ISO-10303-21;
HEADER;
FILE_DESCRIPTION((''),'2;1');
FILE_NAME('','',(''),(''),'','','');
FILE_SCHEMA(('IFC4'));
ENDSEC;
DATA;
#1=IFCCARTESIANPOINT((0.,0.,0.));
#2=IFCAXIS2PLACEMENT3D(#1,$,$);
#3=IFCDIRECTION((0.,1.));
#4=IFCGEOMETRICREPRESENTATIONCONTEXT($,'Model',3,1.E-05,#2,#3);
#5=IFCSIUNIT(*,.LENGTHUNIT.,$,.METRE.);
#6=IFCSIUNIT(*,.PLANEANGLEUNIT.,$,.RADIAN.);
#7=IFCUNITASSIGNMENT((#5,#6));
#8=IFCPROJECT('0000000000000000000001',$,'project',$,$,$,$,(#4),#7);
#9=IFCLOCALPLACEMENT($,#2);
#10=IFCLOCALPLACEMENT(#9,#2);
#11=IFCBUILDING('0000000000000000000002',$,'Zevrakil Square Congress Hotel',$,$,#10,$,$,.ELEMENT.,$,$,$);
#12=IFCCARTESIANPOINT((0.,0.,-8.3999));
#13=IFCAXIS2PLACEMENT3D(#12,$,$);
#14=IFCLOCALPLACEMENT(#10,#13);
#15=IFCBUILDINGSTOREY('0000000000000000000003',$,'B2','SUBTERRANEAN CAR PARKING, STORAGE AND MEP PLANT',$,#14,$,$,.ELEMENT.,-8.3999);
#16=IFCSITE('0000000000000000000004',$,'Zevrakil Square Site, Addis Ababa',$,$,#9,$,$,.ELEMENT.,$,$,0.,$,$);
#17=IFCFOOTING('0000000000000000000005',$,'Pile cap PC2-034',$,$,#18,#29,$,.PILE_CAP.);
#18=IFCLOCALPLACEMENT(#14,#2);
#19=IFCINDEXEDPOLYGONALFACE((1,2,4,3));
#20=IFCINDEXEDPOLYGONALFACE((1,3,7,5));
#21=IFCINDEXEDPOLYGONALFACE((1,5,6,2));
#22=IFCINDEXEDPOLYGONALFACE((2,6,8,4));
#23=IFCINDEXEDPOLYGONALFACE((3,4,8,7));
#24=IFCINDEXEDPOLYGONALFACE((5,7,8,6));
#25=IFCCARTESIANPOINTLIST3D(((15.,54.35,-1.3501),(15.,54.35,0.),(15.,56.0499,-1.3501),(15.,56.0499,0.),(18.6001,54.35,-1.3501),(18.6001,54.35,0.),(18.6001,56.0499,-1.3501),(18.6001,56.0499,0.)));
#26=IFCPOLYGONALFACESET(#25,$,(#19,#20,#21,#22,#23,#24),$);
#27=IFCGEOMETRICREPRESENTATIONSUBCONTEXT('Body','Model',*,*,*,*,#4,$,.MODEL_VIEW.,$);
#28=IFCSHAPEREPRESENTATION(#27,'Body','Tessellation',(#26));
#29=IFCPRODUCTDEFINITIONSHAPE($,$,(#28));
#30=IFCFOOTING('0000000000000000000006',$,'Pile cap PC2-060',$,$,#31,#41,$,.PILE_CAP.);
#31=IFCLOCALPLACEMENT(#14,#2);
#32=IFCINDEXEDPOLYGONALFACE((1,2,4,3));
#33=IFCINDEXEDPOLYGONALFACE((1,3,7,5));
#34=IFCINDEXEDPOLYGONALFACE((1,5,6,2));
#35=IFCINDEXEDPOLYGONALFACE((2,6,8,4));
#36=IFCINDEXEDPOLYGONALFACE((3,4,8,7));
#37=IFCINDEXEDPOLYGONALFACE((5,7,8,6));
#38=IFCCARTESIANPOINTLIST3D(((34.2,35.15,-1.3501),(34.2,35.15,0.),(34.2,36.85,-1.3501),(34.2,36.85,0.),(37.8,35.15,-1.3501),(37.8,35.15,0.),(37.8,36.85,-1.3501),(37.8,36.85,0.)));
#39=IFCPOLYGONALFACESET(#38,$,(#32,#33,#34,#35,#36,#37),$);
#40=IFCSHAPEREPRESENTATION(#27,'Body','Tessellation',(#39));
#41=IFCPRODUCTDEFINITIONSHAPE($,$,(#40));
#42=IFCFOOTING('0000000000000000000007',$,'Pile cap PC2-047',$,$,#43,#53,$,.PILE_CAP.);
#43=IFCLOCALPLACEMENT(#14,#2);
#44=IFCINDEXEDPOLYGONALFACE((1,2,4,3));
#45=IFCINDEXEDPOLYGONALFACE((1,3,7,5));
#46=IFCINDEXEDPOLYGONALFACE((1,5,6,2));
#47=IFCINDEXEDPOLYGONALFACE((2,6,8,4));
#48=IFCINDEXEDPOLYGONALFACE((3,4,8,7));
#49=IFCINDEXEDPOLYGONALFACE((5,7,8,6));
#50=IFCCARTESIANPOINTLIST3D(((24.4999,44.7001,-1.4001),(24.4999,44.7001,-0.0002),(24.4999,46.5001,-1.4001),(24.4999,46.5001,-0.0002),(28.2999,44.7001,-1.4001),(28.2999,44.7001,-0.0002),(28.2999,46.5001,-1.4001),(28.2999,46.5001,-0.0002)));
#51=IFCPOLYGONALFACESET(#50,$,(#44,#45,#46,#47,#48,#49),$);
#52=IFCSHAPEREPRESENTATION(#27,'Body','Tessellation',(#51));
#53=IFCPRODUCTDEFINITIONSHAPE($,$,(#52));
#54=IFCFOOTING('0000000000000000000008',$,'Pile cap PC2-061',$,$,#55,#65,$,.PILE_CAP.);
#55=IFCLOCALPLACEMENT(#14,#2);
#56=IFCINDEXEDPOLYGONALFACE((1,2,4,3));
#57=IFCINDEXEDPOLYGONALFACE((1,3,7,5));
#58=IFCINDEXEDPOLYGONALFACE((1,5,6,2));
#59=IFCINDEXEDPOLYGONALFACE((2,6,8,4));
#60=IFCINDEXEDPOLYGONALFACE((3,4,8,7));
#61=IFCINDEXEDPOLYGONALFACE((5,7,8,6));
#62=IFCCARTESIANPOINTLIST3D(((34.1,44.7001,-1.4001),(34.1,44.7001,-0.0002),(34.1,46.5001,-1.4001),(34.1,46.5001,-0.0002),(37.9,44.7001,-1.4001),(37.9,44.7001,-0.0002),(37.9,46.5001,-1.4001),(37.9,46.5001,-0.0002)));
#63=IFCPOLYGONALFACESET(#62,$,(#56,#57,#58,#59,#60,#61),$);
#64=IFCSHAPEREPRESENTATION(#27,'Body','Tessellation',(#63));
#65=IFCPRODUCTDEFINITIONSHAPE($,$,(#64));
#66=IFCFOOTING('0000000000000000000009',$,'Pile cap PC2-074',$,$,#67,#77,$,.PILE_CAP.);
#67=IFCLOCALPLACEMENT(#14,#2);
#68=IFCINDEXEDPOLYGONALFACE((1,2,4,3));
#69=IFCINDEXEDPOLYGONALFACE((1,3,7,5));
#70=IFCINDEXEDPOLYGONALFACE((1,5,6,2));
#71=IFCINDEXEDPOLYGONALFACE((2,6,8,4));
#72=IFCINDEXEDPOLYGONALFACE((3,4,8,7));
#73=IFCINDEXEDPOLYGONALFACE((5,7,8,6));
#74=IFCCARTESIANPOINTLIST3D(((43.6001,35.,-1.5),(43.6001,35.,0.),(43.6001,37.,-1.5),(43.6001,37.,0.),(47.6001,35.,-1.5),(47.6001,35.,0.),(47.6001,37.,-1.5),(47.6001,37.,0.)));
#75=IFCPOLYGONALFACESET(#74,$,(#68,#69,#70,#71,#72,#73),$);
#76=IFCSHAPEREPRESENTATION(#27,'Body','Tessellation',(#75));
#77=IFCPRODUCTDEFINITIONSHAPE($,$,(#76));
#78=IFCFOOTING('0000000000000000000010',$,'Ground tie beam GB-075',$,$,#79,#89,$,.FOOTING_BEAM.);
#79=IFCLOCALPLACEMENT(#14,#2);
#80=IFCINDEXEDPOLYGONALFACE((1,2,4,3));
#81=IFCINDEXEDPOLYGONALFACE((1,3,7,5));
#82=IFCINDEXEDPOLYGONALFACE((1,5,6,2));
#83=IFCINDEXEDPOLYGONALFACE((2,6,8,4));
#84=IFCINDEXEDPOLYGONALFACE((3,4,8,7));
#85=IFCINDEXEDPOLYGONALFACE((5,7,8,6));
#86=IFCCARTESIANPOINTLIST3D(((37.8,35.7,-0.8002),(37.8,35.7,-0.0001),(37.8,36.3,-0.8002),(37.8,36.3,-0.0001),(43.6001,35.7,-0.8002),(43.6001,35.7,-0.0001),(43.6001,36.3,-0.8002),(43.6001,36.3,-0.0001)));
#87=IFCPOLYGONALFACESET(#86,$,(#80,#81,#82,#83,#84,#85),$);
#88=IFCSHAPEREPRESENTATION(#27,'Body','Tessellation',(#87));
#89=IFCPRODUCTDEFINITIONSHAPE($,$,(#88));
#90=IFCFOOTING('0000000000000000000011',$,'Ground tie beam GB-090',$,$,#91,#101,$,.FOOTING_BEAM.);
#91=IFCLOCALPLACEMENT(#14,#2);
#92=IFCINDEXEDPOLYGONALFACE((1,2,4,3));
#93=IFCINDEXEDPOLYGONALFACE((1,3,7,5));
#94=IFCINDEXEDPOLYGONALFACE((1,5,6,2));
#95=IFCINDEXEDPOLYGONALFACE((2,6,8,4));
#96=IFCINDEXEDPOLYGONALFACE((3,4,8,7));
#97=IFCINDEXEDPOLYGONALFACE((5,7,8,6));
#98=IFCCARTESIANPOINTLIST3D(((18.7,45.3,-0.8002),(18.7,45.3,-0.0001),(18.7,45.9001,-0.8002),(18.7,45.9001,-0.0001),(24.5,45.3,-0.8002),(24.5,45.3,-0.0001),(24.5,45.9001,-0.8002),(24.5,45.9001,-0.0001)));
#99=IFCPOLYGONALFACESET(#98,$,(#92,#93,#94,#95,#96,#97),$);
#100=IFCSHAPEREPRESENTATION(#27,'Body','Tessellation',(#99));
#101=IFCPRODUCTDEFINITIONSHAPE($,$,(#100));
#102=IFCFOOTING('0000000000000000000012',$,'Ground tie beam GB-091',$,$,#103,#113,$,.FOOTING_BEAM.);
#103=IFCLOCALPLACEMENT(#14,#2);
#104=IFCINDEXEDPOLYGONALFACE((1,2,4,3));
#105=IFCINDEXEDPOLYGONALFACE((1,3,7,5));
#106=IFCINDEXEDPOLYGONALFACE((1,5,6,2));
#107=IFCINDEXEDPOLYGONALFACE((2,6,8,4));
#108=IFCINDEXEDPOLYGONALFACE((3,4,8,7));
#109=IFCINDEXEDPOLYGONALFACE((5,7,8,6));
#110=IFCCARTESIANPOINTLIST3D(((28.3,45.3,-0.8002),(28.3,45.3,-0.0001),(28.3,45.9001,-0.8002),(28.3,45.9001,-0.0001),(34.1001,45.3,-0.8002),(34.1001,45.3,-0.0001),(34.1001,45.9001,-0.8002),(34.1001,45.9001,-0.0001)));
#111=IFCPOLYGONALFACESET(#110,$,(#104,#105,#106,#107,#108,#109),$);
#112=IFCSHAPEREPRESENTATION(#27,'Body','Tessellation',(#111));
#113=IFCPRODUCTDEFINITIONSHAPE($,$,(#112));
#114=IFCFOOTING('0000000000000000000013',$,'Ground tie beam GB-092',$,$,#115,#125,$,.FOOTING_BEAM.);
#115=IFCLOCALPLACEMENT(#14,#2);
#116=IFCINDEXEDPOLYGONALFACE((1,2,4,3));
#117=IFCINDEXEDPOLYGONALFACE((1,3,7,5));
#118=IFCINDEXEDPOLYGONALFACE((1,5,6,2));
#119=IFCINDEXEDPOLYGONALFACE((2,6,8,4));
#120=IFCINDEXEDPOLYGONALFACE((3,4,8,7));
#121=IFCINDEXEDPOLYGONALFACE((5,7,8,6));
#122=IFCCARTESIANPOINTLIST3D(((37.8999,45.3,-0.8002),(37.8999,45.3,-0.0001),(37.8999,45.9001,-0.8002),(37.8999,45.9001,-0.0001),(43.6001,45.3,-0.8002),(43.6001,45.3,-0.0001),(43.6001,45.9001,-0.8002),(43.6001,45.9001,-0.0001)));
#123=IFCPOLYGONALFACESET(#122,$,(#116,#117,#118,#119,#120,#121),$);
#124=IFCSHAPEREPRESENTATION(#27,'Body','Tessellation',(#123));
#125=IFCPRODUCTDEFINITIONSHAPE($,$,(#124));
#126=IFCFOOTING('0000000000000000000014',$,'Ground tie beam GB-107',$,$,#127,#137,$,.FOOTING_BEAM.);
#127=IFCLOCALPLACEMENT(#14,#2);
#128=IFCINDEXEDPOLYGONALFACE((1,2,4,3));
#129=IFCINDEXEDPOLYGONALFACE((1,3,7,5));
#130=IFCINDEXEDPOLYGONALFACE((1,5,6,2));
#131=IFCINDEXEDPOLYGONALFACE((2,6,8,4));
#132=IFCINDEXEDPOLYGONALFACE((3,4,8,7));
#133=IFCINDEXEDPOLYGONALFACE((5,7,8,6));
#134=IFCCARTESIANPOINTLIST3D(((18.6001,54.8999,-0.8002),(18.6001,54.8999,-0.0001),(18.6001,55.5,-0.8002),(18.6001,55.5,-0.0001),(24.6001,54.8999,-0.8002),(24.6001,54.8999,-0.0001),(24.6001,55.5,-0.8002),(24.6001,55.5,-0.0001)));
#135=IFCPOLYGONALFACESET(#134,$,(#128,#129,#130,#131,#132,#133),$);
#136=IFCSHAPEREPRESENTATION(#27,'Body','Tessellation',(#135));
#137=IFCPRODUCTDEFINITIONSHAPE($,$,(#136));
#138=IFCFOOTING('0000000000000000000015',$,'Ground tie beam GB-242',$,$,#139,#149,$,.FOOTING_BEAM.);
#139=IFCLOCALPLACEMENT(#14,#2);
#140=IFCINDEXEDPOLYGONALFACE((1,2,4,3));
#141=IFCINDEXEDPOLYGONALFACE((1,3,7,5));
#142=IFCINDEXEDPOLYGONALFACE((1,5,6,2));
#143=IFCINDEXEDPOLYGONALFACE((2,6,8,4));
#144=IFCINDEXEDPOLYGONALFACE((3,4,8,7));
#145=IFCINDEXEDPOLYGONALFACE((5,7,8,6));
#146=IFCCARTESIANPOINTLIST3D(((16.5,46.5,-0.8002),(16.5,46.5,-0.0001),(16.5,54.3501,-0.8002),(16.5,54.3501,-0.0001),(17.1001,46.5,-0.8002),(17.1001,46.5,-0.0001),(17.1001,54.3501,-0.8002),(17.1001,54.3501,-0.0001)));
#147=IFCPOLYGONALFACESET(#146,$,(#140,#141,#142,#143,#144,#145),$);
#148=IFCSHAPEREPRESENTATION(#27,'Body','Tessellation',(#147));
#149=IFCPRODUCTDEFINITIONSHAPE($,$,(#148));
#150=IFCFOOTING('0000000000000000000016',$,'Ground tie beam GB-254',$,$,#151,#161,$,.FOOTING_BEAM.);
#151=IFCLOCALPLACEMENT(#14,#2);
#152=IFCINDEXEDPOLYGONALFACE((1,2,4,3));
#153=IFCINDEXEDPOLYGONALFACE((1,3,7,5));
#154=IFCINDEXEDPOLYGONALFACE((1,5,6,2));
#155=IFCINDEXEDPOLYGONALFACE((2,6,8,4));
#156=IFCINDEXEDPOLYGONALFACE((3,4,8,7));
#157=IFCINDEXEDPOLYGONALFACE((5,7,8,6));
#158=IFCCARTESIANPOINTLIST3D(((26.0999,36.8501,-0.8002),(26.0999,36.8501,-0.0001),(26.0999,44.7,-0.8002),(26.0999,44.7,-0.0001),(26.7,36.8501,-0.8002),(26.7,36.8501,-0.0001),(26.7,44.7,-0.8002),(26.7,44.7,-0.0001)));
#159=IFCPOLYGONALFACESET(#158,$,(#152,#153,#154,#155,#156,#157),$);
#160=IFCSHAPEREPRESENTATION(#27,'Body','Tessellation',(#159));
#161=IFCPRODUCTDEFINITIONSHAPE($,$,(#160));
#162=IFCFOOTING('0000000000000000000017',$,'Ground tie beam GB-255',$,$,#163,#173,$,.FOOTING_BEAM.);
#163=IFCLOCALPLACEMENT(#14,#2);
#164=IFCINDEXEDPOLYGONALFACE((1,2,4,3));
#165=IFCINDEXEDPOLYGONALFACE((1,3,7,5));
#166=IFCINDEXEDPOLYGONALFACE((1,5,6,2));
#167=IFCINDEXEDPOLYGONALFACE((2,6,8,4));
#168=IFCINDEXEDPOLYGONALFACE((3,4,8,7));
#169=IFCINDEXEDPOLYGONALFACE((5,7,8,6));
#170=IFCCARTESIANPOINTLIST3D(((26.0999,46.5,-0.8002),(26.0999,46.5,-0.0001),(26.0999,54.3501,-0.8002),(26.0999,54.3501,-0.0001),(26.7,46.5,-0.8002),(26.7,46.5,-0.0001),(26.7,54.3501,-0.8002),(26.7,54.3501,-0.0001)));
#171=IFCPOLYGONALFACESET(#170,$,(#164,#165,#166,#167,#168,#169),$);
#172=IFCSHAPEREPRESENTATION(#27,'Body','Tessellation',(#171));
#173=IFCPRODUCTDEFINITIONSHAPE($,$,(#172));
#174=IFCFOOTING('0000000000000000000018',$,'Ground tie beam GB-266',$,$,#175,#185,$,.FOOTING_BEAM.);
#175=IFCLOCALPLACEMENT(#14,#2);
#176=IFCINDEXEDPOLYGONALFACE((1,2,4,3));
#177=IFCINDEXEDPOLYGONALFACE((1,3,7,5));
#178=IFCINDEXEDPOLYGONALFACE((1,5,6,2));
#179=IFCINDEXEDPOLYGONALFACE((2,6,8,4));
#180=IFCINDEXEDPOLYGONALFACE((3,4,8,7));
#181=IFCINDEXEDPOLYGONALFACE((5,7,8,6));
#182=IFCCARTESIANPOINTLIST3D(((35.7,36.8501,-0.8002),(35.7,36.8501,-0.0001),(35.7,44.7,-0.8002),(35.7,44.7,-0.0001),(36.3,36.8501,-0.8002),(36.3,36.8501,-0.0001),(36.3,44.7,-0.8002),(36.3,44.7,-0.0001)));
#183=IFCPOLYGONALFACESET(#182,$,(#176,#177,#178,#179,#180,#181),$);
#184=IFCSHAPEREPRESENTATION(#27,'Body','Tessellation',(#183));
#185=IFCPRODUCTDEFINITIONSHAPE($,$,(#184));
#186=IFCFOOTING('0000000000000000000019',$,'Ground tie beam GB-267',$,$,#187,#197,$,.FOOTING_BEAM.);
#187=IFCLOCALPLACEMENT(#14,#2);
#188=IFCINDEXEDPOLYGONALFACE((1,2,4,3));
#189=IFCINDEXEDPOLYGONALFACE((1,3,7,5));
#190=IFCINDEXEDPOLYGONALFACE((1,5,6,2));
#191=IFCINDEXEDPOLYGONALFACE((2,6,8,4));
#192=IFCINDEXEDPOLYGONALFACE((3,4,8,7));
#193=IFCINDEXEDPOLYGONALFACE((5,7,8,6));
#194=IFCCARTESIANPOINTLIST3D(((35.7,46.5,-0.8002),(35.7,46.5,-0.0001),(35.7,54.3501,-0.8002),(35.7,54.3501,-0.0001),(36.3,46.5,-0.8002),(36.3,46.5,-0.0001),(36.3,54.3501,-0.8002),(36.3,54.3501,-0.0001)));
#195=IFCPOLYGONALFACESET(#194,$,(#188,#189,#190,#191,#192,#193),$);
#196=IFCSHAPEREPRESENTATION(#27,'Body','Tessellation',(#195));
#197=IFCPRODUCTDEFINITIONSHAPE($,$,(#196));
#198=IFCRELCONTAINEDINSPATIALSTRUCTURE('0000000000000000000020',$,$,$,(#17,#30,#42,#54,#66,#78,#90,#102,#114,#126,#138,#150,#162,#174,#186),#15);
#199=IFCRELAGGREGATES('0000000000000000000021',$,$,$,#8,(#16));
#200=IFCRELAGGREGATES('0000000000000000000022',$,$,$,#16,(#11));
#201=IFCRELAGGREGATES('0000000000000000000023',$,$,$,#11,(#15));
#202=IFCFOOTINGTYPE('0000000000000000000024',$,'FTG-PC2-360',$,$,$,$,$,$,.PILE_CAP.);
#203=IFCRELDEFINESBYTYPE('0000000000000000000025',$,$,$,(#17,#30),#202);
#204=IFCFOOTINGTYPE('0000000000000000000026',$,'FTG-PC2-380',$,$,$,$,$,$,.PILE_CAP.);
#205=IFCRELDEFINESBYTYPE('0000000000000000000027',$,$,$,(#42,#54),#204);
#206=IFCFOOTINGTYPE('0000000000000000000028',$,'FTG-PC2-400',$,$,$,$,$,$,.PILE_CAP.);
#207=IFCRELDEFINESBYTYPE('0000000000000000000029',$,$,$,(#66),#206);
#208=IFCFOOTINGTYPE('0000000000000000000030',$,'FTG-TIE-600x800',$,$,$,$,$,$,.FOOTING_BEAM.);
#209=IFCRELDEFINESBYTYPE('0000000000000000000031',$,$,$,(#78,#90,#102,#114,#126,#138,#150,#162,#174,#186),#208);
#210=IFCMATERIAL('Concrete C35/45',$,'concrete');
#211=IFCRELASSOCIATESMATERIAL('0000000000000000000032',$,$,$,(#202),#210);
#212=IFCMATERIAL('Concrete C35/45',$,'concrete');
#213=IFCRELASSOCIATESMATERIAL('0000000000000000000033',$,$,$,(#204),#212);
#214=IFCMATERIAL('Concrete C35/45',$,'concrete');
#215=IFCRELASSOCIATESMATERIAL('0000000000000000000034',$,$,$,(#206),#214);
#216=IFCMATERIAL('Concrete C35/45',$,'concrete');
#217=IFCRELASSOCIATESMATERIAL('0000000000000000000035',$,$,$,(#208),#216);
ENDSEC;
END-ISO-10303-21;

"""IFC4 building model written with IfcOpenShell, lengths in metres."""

from ifc_helpers import new_model, si_unit, direction, frame, origin, origin_2d, place, context, subcontext, project, spatial, rectangle, extrude, material, material_profile, profile_set, type_object, element, save


model = new_model("IFC4")

# Units and contexts
model_context = context("Model", 3, precision=1e-05, world=origin(), true_north=direction((0.0, 1.0)))
body_context = subcontext(model_context, "Body", "Model", "MODEL_VIEW")
ifc_project = project(units=[si_unit("LENGTHUNIT", "METRE"), si_unit("PLANEANGLEUNIT", "RADIAN")], contexts=[model_context])

# Site, building, storey
site_placement = place(None, origin())
site = spatial("IfcSite", under=ifc_project, at=site_placement, Name="Zevrakil Square Site, Addis Ababa", CompositionType="ELEMENT", RefElevation=0.0)
building_placement = place(site_placement, origin())
building = spatial("IfcBuilding", under=site, at=building_placement, Name="Zevrakil Square Congress Hotel", CompositionType="ELEMENT")
storey_placement = place(building_placement, frame((0.0, 0.0, -8.3999)))
storey = spatial("IfcBuildingStorey", under=building, at=storey_placement, Name="B2", Description="SUBTERRANEAN CAR PARKING, STORAGE AND MEP PLANT", CompositionType="ELEMENT", Elevation=-8.3999)

# Footings
ifc_material_1 = material(Name="Concrete C35/45", Category="concrete")
footing_type_1 = type_object("IfcFootingType", Name="FTG-PC2-360", PredefinedType="PILE_CAP", material=ifc_material_1)
for number, where, z_axis, x_axis, name in (
    (1, (16.8, 55.2, -1.3501), (0.0, 0.0, 1.0), (1.0, 0.0, 0.0), "Pile cap PC2-034"),
    (2, (36.0, 36.0, -1.3501), (0.0, 0.0, 1.0), (1.0, 0.0, 0.0), "Pile cap PC2-060"),
):
    element("IfcFooting", number, at=place(storey_placement, frame(where, z_axis=z_axis, x_axis=x_axis)), inside=storey, type_object=footing_type_1, Name=name, PredefinedType="PILE_CAP", context=body_context, shape_type="SweptSolid", body=[
        extrude(rectangle(XDim=3.6001, YDim=1.7, at=origin_2d()), origin(), (0.0, 0.0, 1.0), 1.3501),
    ])
ifc_material_2 = material(Name="Concrete C35/45", Category="concrete")
footing_type_2 = type_object("IfcFootingType", Name="FTG-PC2-380", PredefinedType="PILE_CAP", material=ifc_material_2)
for number, where, z_axis, x_axis, name in (
    (3, (26.3999, 45.6001, -1.4001), (0.0, 0.0, 1.0), (1.0, 0.0, 0.0), "Pile cap PC2-047"),
    (4, (36.0, 45.6001, -1.4001), (0.0, 0.0, 1.0), (1.0, 0.0, 0.0), "Pile cap PC2-061"),
):
    element("IfcFooting", number, at=place(storey_placement, frame(where, z_axis=z_axis, x_axis=x_axis)), inside=storey, type_object=footing_type_2, Name=name, PredefinedType="PILE_CAP", context=body_context, shape_type="SweptSolid", body=[
        extrude(rectangle(XDim=3.8, YDim=1.8, at=origin_2d()), origin(), (0.0, 0.0, 1.0), 1.3999),
    ])
ifc_material_3 = material(Name="Concrete C35/45", Category="concrete")
footing_type_3 = type_object("IfcFootingType", Name="FTG-PC2-400", PredefinedType="PILE_CAP", material=ifc_material_3)
footing_1_placement = place(storey_placement, frame((45.6001, 36.0, -1.5), z_axis=(0.0, 0.0, 1.0), x_axis=(1.0, 0.0, 0.0)))
element("IfcFooting", 5, at=footing_1_placement, inside=storey, type_object=footing_type_3, Name="Pile cap PC2-074", PredefinedType="PILE_CAP", context=body_context, shape_type="SweptSolid", body=[
    extrude(rectangle(XDim=4.0, YDim=2.0, at=origin_2d()), origin(), (0.0, 0.0, 1.0), 1.5),
])
ifc_material_4 = material(Name="Concrete C35/45", Category="concrete")
ifc_material_profile_1 = material_profile(ifc_material_4, rectangle(XDim=0.6001, YDim=0.8, at=origin_2d()), Name="RC 600x800")
ifc_profile_set_1 = profile_set([ifc_material_profile_1], Name="Concrete C35/45")
footing_type_4 = type_object("IfcFootingType", Name="FTG-TIE-600x800", PredefinedType="FOOTING_BEAM", material=ifc_profile_set_1)
for number, where, z_axis, x_axis, name in (
    (6, (37.8, 36.0, -0.4001), (1.0, 0.0, 0.0), (0.0, 1.0, 0.0), "Ground tie beam GB-075"),
    (7, (18.7, 45.6001, -0.4001), (1.0, 0.0, 0.0), (0.0, 1.0, 0.0), "Ground tie beam GB-090"),
    (8, (28.3, 45.6001, -0.4001), (1.0, 0.0, 0.0), (0.0, 1.0, 0.0), "Ground tie beam GB-091"),
):
    element("IfcFooting", number, at=place(storey_placement, frame(where, z_axis=z_axis, x_axis=x_axis)), inside=storey, type_object=footing_type_4, Name=name, PredefinedType="FOOTING_BEAM", context=body_context, shape_type="SweptSolid", body=[
        extrude(rectangle(XDim=0.6001, YDim=0.8, at=origin_2d()), origin(), (0.0, 0.0, 1.0), 5.8),
    ])
footing_2_placement = place(storey_placement, frame((37.8999, 45.6001, -0.4001), z_axis=(1.0, 0.0, 0.0), x_axis=(0.0, 1.0, 0.0)))
element("IfcFooting", 9, at=footing_2_placement, inside=storey, type_object=footing_type_4, Name="Ground tie beam GB-092", PredefinedType="FOOTING_BEAM", context=body_context, shape_type="SweptSolid", body=[
    extrude(rectangle(XDim=0.6001, YDim=0.8, at=origin_2d()), origin(), (0.0, 0.0, 1.0), 5.7002),
])
footing_3_placement = place(storey_placement, frame((18.6001, 55.2, -0.4001), z_axis=(1.0, 0.0, 0.0), x_axis=(0.0, 1.0, 0.0)))
element("IfcFooting", 10, at=footing_3_placement, inside=storey, type_object=footing_type_4, Name="Ground tie beam GB-107", PredefinedType="FOOTING_BEAM", context=body_context, shape_type="SweptSolid", body=[
    extrude(rectangle(XDim=0.6001, YDim=0.8, at=origin_2d()), origin(), (0.0, 0.0, 1.0), 6.0),
])
footing_4_placement = place(storey_placement, frame((16.8, 46.5, -0.4001), z_axis=(0.0, 1.0, 0.0), x_axis=(-1.0, 0.0, 0.0)))
element("IfcFooting", 11, at=footing_4_placement, inside=storey, type_object=footing_type_4, Name="Ground tie beam GB-242", PredefinedType="FOOTING_BEAM", context=body_context, shape_type="SweptSolid", body=[
    extrude(rectangle(XDim=0.6001, YDim=0.8, at=origin_2d()), origin(), (0.0, 0.0, 1.0), 7.8501),
])
footing_5_placement = place(storey_placement, frame((26.3999, 36.8501, -0.4001), z_axis=(0.0, 1.0, 0.0), x_axis=(-1.0, 0.0, 0.0)))
element("IfcFooting", 12, at=footing_5_placement, inside=storey, type_object=footing_type_4, Name="Ground tie beam GB-254", PredefinedType="FOOTING_BEAM", context=body_context, shape_type="SweptSolid", body=[
    extrude(rectangle(XDim=0.6001, YDim=0.8, at=origin_2d()), origin(), (0.0, 0.0, 1.0), 7.8499),
])
footing_6_placement = place(storey_placement, frame((26.3999, 46.5, -0.4001), z_axis=(0.0, 1.0, 0.0), x_axis=(-1.0, 0.0, 0.0)))
element("IfcFooting", 13, at=footing_6_placement, inside=storey, type_object=footing_type_4, Name="Ground tie beam GB-255", PredefinedType="FOOTING_BEAM", context=body_context, shape_type="SweptSolid", body=[
    extrude(rectangle(XDim=0.6001, YDim=0.8, at=origin_2d()), origin(), (0.0, 0.0, 1.0), 7.8501),
])
footing_7_placement = place(storey_placement, frame((36.0, 36.8501, -0.4001), z_axis=(0.0, 1.0, 0.0), x_axis=(-1.0, 0.0, 0.0)))
element("IfcFooting", 14, at=footing_7_placement, inside=storey, type_object=footing_type_4, Name="Ground tie beam GB-266", PredefinedType="FOOTING_BEAM", context=body_context, shape_type="SweptSolid", body=[
    extrude(rectangle(XDim=0.6001, YDim=0.8, at=origin_2d()), origin(), (0.0, 0.0, 1.0), 7.8499),
])
footing_8_placement = place(storey_placement, frame((36.0, 46.5, -0.4001), z_axis=(0.0, 1.0, 0.0), x_axis=(-1.0, 0.0, 0.0)))
element("IfcFooting", 15, at=footing_8_placement, inside=storey, type_object=footing_type_4, Name="Ground tie beam GB-267", PredefinedType="FOOTING_BEAM", context=body_context, shape_type="SweptSolid", body=[
    extrude(rectangle(XDim=0.6001, YDim=0.8, at=origin_2d()), origin(), (0.0, 0.0, 1.0), 7.8501),
])

save(model, "model.ifc")
